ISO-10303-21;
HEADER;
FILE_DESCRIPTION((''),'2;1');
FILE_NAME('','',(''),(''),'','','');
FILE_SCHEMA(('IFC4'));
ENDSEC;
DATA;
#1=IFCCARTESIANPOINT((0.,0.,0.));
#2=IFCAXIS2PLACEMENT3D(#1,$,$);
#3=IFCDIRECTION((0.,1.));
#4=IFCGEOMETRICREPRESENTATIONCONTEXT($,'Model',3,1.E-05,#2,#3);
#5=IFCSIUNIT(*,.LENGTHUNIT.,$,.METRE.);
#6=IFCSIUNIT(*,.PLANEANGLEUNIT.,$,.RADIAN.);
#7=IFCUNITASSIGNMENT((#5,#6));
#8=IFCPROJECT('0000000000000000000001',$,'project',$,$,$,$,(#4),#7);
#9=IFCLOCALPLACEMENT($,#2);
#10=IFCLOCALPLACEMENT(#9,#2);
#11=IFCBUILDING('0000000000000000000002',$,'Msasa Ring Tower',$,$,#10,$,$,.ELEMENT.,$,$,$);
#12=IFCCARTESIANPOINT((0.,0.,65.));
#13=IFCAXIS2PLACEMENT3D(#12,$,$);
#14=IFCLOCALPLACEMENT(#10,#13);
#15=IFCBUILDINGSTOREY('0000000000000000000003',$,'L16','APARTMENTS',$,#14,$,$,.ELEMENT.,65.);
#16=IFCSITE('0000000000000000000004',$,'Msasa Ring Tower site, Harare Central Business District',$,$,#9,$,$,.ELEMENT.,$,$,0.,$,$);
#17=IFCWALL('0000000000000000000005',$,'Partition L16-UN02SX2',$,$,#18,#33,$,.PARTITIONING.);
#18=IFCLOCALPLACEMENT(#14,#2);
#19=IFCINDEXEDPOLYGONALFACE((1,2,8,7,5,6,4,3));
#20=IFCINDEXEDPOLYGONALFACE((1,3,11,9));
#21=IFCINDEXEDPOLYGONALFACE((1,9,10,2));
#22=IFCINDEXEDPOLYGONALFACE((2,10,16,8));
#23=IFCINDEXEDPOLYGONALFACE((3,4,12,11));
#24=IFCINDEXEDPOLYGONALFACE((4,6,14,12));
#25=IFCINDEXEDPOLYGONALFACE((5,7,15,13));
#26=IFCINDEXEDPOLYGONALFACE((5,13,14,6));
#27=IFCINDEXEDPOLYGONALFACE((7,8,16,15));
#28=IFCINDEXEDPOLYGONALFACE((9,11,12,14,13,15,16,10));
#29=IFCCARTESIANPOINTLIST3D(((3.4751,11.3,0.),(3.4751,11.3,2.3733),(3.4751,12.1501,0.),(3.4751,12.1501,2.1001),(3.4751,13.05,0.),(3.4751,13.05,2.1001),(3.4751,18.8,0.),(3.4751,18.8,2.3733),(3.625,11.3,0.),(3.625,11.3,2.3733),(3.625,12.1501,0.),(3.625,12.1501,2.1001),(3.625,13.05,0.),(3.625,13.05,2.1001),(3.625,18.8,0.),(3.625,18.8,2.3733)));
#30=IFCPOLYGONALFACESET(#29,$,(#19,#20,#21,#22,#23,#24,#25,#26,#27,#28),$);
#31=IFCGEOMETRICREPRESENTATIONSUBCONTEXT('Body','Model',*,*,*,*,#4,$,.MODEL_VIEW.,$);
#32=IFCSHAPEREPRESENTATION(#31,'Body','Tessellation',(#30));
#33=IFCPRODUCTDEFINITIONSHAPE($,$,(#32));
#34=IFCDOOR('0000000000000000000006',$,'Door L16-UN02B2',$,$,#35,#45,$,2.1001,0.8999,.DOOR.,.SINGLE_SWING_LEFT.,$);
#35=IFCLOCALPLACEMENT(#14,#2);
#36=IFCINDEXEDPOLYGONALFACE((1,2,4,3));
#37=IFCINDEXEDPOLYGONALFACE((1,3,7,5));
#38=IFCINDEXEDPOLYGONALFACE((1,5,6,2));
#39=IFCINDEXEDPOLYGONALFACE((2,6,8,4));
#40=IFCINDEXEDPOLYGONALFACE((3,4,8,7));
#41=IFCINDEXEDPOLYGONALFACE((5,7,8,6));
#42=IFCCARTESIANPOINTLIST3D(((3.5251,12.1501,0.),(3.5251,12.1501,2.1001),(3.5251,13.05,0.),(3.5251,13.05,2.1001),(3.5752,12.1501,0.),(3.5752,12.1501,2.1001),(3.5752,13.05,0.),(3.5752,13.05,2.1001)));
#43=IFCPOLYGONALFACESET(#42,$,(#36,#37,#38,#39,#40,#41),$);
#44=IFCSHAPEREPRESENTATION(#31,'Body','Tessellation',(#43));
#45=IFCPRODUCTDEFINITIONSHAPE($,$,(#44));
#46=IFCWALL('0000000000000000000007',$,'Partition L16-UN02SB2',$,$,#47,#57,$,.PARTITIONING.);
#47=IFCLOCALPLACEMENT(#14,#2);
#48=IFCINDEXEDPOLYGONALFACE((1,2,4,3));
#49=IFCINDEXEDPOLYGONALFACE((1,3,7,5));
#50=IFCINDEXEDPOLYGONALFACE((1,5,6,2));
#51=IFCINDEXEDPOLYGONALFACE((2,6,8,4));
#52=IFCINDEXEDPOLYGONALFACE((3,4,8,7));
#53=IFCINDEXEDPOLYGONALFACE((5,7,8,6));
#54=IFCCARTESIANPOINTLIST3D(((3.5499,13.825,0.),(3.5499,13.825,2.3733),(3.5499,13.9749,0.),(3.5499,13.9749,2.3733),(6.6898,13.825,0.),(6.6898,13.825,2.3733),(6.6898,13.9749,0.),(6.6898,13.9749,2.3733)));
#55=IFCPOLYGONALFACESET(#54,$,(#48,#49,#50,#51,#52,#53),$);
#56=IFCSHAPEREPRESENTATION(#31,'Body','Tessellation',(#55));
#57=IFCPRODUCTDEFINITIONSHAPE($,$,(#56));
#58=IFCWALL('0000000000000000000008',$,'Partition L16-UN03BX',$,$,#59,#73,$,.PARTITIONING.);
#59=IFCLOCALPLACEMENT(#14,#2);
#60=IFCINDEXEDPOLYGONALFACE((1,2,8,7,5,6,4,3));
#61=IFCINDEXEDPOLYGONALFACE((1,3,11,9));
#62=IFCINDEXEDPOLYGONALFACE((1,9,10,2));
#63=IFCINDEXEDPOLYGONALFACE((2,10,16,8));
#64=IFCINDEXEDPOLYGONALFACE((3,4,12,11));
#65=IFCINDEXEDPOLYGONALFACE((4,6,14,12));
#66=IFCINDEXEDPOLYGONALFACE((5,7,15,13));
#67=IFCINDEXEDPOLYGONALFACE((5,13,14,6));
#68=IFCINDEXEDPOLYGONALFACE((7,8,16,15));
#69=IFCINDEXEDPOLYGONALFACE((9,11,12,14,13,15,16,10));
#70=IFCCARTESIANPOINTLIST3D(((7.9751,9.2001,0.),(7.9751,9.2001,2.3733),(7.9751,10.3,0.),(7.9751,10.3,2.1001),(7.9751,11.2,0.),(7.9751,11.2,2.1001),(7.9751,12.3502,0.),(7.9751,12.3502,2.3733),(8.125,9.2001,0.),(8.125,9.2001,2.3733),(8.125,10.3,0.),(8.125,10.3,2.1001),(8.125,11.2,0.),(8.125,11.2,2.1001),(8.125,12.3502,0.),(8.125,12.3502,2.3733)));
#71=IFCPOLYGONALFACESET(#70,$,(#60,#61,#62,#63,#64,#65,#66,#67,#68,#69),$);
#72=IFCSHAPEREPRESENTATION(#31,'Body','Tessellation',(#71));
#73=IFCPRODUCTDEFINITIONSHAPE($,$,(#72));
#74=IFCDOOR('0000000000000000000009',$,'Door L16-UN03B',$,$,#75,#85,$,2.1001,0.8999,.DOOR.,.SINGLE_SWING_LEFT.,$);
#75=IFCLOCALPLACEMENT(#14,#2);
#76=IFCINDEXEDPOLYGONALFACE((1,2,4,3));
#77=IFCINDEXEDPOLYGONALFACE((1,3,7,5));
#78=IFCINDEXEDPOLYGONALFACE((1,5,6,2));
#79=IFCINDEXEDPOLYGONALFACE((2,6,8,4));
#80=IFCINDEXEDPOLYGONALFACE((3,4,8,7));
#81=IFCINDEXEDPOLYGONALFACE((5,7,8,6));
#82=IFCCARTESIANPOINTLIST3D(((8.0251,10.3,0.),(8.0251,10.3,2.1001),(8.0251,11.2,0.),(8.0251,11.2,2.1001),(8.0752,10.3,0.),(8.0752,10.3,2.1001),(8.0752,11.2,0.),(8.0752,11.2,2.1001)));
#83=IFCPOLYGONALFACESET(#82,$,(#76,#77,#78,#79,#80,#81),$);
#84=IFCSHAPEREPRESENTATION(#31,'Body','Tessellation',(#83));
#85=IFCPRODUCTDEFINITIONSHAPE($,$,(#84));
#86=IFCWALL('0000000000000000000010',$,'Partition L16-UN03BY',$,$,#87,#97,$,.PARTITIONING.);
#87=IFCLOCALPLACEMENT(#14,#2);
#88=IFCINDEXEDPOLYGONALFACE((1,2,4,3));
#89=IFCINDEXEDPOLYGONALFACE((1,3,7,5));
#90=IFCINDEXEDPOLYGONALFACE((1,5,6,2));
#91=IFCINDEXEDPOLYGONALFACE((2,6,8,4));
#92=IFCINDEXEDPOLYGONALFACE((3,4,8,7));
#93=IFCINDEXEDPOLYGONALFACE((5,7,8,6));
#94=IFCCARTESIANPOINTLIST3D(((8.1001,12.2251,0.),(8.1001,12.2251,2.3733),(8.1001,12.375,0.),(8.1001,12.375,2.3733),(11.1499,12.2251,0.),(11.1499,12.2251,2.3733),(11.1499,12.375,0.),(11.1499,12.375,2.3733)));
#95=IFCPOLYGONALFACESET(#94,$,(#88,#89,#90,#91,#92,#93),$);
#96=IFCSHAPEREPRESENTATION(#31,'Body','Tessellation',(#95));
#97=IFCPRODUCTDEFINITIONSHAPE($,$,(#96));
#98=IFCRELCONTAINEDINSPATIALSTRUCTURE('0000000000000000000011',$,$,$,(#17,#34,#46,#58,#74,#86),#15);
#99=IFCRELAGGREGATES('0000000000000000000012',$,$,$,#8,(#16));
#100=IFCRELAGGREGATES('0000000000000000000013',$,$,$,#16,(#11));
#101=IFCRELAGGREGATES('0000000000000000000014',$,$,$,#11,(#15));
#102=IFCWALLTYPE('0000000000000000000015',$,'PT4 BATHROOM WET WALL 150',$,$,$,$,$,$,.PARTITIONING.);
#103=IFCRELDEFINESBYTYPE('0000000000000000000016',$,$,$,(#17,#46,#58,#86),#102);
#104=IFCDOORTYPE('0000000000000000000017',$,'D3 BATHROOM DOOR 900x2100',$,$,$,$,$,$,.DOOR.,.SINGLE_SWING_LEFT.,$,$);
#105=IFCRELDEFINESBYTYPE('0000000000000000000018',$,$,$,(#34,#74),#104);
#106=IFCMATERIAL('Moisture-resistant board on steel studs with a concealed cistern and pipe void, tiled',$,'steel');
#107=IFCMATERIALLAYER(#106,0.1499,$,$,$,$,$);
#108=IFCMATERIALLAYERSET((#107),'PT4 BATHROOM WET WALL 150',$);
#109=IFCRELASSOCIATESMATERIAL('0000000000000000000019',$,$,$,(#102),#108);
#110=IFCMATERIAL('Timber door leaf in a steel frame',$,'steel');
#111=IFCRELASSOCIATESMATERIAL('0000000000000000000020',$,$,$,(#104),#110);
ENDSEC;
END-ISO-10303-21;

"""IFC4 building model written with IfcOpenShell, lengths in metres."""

from ifc_helpers import new_model, si_unit, direction, frame, frame_2d, origin, place, context, subcontext, project, spatial, rectangle, extrude, material, layer, layer_set, type_object, element, fill, save


model = new_model("IFC4")

# Units and contexts
model_context = context("Model", 3, precision=1e-05, world=origin(), true_north=direction((0.0, 1.0)))
body_context = subcontext(model_context, "Body", "Model", "MODEL_VIEW")
ifc_project = project(units=[si_unit("LENGTHUNIT", "METRE"), si_unit("PLANEANGLEUNIT", "RADIAN")], contexts=[model_context])

# Site, building, storey
site_placement = place(None, origin())
site = spatial("IfcSite", under=ifc_project, at=site_placement, Name="Msasa Ring Tower site, Harare Central Business District", CompositionType="ELEMENT", RefElevation=0.0)
building_placement = place(site_placement, origin())
building = spatial("IfcBuilding", under=site, at=building_placement, Name="Msasa Ring Tower", CompositionType="ELEMENT")
storey_placement = place(building_placement, frame((0.0, 0.0, 65.0)))
storey = spatial("IfcBuildingStorey", under=building, at=storey_placement, Name="L16", Description="APARTMENTS", CompositionType="ELEMENT", Elevation=65.0)

# Wall, opening, door
ifc_material_1 = material(Name="Moisture-resistant board on steel studs with a concealed cistern and pipe void, tiled", Category="steel")
ifc_layer_1 = layer(ifc_material_1, 0.1499)
ifc_layer_set_1 = layer_set([ifc_layer_1], Name="PT4 BATHROOM WET WALL 150")
wall_type_1 = type_object("IfcWallType", Name="PT4 BATHROOM WET WALL 150", PredefinedType="PARTITIONING", material=ifc_layer_set_1)
wall_1_placement = place(storey_placement, frame((3.55, 11.3, 0.0), z_axis=(0.0, 0.0, 1.0), x_axis=(0.0, 1.0, 0.0)))
wall_1 = element("IfcWall", 1, at=wall_1_placement, inside=storey, type_object=wall_type_1, Name="Partition L16-UN02SX2", PredefinedType="PARTITIONING", context=body_context, shape_type="SweptSolid", body=[
    extrude(rectangle(XDim=7.5, YDim=0.1499, at=frame_2d((3.75, 0.0))), origin(), (0.0, 0.0, 1.0), 2.3733),
])
opening_1_placement = place(wall_1_placement, frame((0.8501, 0.0, 0.0)))
opening_1 = element("IfcOpeningElement", 2, at=opening_1_placement, cuts=wall_1, PredefinedType="OPENING", context=body_context, shape_type="SweptSolid", body=[
    extrude(rectangle(XDim=0.8999, YDim=2.1001, at=frame_2d((0.45, 1.05))), frame((0.0, 0.085, 0.0), z_axis=(0.0, -1.0, 0.0), x_axis=(1.0, 0.0, 0.0)), (0.0, 0.0, 1.0), 0.1699),
])
ifc_material_2 = material(Name="Timber door leaf in a steel frame", Category="steel")
door_type_1 = type_object("IfcDoorType", Name="D3 BATHROOM DOOR 900x2100", OperationType="SINGLE_SWING_LEFT", PredefinedType="DOOR", material=ifc_material_2)
door_1_placement = place(opening_1_placement, origin())
door_1 = element("IfcDoor", 3, at=door_1_placement, inside=storey, type_object=door_type_1, Name="Door L16-UN02B2", OperationType="SINGLE_SWING_LEFT", OverallHeight=2.1001, OverallWidth=0.8999, PredefinedType="DOOR", context=body_context, shape_type="SweptSolid", body=[
    extrude(rectangle(XDim=0.8999, YDim=2.1001, at=frame_2d((0.45, 1.05))), frame((0.0, 0.0249, 0.0), z_axis=(0.0, -1.0, 0.0), x_axis=(1.0, 0.0, 0.0)), (0.0, 0.0, 1.0), 0.05),
])
fill(opening_1, door_1)

# Wall
wall_2_placement = place(storey_placement, frame((3.55, 13.8999, 0.0), z_axis=(0.0, 0.0, 1.0), x_axis=(1.0, 0.0, 0.0)))
element("IfcWall", 4, at=wall_2_placement, inside=storey, type_object=wall_type_1, Name="Partition L16-UN02SB2", PredefinedType="PARTITIONING", context=body_context, shape_type="SweptSolid", body=[
    extrude(rectangle(XDim=3.1399, YDim=0.1499, at=frame_2d((1.5698, 0.0))), origin(), (0.0, 0.0, 1.0), 2.3733),
])

# Wall, opening, door
wall_3_placement = place(storey_placement, frame((8.05, 9.2, 0.0), z_axis=(0.0, 0.0, 1.0), x_axis=(0.0, 1.0, 0.0)))
wall_3 = element("IfcWall", 5, at=wall_3_placement, inside=storey, type_object=wall_type_1, Name="Partition L16-UN03BX", PredefinedType="PARTITIONING", context=body_context, shape_type="SweptSolid", body=[
    extrude(rectangle(XDim=3.1501, YDim=0.1499, at=frame_2d((1.5752, 0.0))), origin(), (0.0, 0.0, 1.0), 2.3733),
])
opening_2_placement = place(wall_3_placement, frame((1.1001, 0.0, 0.0)))
opening_2 = element("IfcOpeningElement", 6, at=opening_2_placement, cuts=wall_3, PredefinedType="OPENING", context=body_context, shape_type="SweptSolid", body=[
    extrude(rectangle(XDim=0.8999, YDim=2.1001, at=frame_2d((0.45, 1.05))), frame((0.0, 0.085, 0.0), z_axis=(0.0, -1.0, 0.0), x_axis=(1.0, 0.0, 0.0)), (0.0, 0.0, 1.0), 0.1699),
])
door_2_placement = place(opening_2_placement, origin())
door_2 = element("IfcDoor", 7, at=door_2_placement, inside=storey, type_object=door_type_1, Name="Door L16-UN03B", OperationType="SINGLE_SWING_LEFT", OverallHeight=2.1001, OverallWidth=0.8999, PredefinedType="DOOR", context=body_context, shape_type="SweptSolid", body=[
    extrude(rectangle(XDim=0.8999, YDim=2.1001, at=frame_2d((0.45, 1.05))), frame((0.0, 0.0249, 0.0), z_axis=(0.0, -1.0, 0.0), x_axis=(1.0, 0.0, 0.0)), (0.0, 0.0, 1.0), 0.05),
])
fill(opening_2, door_2)

# Wall
wall_4_placement = place(storey_placement, frame((8.1001, 12.3, 0.0), z_axis=(0.0, 0.0, 1.0), x_axis=(1.0, 0.0, 0.0)))
element("IfcWall", 8, at=wall_4_placement, inside=storey, type_object=wall_type_1, Name="Partition L16-UN03BY", PredefinedType="PARTITIONING", context=body_context, shape_type="SweptSolid", body=[
    extrude(rectangle(XDim=3.0498, YDim=0.1499, at=frame_2d((1.5249, 0.0))), origin(), (0.0, 0.0, 1.0), 2.3733),
])

save(model, "model.ifc")
